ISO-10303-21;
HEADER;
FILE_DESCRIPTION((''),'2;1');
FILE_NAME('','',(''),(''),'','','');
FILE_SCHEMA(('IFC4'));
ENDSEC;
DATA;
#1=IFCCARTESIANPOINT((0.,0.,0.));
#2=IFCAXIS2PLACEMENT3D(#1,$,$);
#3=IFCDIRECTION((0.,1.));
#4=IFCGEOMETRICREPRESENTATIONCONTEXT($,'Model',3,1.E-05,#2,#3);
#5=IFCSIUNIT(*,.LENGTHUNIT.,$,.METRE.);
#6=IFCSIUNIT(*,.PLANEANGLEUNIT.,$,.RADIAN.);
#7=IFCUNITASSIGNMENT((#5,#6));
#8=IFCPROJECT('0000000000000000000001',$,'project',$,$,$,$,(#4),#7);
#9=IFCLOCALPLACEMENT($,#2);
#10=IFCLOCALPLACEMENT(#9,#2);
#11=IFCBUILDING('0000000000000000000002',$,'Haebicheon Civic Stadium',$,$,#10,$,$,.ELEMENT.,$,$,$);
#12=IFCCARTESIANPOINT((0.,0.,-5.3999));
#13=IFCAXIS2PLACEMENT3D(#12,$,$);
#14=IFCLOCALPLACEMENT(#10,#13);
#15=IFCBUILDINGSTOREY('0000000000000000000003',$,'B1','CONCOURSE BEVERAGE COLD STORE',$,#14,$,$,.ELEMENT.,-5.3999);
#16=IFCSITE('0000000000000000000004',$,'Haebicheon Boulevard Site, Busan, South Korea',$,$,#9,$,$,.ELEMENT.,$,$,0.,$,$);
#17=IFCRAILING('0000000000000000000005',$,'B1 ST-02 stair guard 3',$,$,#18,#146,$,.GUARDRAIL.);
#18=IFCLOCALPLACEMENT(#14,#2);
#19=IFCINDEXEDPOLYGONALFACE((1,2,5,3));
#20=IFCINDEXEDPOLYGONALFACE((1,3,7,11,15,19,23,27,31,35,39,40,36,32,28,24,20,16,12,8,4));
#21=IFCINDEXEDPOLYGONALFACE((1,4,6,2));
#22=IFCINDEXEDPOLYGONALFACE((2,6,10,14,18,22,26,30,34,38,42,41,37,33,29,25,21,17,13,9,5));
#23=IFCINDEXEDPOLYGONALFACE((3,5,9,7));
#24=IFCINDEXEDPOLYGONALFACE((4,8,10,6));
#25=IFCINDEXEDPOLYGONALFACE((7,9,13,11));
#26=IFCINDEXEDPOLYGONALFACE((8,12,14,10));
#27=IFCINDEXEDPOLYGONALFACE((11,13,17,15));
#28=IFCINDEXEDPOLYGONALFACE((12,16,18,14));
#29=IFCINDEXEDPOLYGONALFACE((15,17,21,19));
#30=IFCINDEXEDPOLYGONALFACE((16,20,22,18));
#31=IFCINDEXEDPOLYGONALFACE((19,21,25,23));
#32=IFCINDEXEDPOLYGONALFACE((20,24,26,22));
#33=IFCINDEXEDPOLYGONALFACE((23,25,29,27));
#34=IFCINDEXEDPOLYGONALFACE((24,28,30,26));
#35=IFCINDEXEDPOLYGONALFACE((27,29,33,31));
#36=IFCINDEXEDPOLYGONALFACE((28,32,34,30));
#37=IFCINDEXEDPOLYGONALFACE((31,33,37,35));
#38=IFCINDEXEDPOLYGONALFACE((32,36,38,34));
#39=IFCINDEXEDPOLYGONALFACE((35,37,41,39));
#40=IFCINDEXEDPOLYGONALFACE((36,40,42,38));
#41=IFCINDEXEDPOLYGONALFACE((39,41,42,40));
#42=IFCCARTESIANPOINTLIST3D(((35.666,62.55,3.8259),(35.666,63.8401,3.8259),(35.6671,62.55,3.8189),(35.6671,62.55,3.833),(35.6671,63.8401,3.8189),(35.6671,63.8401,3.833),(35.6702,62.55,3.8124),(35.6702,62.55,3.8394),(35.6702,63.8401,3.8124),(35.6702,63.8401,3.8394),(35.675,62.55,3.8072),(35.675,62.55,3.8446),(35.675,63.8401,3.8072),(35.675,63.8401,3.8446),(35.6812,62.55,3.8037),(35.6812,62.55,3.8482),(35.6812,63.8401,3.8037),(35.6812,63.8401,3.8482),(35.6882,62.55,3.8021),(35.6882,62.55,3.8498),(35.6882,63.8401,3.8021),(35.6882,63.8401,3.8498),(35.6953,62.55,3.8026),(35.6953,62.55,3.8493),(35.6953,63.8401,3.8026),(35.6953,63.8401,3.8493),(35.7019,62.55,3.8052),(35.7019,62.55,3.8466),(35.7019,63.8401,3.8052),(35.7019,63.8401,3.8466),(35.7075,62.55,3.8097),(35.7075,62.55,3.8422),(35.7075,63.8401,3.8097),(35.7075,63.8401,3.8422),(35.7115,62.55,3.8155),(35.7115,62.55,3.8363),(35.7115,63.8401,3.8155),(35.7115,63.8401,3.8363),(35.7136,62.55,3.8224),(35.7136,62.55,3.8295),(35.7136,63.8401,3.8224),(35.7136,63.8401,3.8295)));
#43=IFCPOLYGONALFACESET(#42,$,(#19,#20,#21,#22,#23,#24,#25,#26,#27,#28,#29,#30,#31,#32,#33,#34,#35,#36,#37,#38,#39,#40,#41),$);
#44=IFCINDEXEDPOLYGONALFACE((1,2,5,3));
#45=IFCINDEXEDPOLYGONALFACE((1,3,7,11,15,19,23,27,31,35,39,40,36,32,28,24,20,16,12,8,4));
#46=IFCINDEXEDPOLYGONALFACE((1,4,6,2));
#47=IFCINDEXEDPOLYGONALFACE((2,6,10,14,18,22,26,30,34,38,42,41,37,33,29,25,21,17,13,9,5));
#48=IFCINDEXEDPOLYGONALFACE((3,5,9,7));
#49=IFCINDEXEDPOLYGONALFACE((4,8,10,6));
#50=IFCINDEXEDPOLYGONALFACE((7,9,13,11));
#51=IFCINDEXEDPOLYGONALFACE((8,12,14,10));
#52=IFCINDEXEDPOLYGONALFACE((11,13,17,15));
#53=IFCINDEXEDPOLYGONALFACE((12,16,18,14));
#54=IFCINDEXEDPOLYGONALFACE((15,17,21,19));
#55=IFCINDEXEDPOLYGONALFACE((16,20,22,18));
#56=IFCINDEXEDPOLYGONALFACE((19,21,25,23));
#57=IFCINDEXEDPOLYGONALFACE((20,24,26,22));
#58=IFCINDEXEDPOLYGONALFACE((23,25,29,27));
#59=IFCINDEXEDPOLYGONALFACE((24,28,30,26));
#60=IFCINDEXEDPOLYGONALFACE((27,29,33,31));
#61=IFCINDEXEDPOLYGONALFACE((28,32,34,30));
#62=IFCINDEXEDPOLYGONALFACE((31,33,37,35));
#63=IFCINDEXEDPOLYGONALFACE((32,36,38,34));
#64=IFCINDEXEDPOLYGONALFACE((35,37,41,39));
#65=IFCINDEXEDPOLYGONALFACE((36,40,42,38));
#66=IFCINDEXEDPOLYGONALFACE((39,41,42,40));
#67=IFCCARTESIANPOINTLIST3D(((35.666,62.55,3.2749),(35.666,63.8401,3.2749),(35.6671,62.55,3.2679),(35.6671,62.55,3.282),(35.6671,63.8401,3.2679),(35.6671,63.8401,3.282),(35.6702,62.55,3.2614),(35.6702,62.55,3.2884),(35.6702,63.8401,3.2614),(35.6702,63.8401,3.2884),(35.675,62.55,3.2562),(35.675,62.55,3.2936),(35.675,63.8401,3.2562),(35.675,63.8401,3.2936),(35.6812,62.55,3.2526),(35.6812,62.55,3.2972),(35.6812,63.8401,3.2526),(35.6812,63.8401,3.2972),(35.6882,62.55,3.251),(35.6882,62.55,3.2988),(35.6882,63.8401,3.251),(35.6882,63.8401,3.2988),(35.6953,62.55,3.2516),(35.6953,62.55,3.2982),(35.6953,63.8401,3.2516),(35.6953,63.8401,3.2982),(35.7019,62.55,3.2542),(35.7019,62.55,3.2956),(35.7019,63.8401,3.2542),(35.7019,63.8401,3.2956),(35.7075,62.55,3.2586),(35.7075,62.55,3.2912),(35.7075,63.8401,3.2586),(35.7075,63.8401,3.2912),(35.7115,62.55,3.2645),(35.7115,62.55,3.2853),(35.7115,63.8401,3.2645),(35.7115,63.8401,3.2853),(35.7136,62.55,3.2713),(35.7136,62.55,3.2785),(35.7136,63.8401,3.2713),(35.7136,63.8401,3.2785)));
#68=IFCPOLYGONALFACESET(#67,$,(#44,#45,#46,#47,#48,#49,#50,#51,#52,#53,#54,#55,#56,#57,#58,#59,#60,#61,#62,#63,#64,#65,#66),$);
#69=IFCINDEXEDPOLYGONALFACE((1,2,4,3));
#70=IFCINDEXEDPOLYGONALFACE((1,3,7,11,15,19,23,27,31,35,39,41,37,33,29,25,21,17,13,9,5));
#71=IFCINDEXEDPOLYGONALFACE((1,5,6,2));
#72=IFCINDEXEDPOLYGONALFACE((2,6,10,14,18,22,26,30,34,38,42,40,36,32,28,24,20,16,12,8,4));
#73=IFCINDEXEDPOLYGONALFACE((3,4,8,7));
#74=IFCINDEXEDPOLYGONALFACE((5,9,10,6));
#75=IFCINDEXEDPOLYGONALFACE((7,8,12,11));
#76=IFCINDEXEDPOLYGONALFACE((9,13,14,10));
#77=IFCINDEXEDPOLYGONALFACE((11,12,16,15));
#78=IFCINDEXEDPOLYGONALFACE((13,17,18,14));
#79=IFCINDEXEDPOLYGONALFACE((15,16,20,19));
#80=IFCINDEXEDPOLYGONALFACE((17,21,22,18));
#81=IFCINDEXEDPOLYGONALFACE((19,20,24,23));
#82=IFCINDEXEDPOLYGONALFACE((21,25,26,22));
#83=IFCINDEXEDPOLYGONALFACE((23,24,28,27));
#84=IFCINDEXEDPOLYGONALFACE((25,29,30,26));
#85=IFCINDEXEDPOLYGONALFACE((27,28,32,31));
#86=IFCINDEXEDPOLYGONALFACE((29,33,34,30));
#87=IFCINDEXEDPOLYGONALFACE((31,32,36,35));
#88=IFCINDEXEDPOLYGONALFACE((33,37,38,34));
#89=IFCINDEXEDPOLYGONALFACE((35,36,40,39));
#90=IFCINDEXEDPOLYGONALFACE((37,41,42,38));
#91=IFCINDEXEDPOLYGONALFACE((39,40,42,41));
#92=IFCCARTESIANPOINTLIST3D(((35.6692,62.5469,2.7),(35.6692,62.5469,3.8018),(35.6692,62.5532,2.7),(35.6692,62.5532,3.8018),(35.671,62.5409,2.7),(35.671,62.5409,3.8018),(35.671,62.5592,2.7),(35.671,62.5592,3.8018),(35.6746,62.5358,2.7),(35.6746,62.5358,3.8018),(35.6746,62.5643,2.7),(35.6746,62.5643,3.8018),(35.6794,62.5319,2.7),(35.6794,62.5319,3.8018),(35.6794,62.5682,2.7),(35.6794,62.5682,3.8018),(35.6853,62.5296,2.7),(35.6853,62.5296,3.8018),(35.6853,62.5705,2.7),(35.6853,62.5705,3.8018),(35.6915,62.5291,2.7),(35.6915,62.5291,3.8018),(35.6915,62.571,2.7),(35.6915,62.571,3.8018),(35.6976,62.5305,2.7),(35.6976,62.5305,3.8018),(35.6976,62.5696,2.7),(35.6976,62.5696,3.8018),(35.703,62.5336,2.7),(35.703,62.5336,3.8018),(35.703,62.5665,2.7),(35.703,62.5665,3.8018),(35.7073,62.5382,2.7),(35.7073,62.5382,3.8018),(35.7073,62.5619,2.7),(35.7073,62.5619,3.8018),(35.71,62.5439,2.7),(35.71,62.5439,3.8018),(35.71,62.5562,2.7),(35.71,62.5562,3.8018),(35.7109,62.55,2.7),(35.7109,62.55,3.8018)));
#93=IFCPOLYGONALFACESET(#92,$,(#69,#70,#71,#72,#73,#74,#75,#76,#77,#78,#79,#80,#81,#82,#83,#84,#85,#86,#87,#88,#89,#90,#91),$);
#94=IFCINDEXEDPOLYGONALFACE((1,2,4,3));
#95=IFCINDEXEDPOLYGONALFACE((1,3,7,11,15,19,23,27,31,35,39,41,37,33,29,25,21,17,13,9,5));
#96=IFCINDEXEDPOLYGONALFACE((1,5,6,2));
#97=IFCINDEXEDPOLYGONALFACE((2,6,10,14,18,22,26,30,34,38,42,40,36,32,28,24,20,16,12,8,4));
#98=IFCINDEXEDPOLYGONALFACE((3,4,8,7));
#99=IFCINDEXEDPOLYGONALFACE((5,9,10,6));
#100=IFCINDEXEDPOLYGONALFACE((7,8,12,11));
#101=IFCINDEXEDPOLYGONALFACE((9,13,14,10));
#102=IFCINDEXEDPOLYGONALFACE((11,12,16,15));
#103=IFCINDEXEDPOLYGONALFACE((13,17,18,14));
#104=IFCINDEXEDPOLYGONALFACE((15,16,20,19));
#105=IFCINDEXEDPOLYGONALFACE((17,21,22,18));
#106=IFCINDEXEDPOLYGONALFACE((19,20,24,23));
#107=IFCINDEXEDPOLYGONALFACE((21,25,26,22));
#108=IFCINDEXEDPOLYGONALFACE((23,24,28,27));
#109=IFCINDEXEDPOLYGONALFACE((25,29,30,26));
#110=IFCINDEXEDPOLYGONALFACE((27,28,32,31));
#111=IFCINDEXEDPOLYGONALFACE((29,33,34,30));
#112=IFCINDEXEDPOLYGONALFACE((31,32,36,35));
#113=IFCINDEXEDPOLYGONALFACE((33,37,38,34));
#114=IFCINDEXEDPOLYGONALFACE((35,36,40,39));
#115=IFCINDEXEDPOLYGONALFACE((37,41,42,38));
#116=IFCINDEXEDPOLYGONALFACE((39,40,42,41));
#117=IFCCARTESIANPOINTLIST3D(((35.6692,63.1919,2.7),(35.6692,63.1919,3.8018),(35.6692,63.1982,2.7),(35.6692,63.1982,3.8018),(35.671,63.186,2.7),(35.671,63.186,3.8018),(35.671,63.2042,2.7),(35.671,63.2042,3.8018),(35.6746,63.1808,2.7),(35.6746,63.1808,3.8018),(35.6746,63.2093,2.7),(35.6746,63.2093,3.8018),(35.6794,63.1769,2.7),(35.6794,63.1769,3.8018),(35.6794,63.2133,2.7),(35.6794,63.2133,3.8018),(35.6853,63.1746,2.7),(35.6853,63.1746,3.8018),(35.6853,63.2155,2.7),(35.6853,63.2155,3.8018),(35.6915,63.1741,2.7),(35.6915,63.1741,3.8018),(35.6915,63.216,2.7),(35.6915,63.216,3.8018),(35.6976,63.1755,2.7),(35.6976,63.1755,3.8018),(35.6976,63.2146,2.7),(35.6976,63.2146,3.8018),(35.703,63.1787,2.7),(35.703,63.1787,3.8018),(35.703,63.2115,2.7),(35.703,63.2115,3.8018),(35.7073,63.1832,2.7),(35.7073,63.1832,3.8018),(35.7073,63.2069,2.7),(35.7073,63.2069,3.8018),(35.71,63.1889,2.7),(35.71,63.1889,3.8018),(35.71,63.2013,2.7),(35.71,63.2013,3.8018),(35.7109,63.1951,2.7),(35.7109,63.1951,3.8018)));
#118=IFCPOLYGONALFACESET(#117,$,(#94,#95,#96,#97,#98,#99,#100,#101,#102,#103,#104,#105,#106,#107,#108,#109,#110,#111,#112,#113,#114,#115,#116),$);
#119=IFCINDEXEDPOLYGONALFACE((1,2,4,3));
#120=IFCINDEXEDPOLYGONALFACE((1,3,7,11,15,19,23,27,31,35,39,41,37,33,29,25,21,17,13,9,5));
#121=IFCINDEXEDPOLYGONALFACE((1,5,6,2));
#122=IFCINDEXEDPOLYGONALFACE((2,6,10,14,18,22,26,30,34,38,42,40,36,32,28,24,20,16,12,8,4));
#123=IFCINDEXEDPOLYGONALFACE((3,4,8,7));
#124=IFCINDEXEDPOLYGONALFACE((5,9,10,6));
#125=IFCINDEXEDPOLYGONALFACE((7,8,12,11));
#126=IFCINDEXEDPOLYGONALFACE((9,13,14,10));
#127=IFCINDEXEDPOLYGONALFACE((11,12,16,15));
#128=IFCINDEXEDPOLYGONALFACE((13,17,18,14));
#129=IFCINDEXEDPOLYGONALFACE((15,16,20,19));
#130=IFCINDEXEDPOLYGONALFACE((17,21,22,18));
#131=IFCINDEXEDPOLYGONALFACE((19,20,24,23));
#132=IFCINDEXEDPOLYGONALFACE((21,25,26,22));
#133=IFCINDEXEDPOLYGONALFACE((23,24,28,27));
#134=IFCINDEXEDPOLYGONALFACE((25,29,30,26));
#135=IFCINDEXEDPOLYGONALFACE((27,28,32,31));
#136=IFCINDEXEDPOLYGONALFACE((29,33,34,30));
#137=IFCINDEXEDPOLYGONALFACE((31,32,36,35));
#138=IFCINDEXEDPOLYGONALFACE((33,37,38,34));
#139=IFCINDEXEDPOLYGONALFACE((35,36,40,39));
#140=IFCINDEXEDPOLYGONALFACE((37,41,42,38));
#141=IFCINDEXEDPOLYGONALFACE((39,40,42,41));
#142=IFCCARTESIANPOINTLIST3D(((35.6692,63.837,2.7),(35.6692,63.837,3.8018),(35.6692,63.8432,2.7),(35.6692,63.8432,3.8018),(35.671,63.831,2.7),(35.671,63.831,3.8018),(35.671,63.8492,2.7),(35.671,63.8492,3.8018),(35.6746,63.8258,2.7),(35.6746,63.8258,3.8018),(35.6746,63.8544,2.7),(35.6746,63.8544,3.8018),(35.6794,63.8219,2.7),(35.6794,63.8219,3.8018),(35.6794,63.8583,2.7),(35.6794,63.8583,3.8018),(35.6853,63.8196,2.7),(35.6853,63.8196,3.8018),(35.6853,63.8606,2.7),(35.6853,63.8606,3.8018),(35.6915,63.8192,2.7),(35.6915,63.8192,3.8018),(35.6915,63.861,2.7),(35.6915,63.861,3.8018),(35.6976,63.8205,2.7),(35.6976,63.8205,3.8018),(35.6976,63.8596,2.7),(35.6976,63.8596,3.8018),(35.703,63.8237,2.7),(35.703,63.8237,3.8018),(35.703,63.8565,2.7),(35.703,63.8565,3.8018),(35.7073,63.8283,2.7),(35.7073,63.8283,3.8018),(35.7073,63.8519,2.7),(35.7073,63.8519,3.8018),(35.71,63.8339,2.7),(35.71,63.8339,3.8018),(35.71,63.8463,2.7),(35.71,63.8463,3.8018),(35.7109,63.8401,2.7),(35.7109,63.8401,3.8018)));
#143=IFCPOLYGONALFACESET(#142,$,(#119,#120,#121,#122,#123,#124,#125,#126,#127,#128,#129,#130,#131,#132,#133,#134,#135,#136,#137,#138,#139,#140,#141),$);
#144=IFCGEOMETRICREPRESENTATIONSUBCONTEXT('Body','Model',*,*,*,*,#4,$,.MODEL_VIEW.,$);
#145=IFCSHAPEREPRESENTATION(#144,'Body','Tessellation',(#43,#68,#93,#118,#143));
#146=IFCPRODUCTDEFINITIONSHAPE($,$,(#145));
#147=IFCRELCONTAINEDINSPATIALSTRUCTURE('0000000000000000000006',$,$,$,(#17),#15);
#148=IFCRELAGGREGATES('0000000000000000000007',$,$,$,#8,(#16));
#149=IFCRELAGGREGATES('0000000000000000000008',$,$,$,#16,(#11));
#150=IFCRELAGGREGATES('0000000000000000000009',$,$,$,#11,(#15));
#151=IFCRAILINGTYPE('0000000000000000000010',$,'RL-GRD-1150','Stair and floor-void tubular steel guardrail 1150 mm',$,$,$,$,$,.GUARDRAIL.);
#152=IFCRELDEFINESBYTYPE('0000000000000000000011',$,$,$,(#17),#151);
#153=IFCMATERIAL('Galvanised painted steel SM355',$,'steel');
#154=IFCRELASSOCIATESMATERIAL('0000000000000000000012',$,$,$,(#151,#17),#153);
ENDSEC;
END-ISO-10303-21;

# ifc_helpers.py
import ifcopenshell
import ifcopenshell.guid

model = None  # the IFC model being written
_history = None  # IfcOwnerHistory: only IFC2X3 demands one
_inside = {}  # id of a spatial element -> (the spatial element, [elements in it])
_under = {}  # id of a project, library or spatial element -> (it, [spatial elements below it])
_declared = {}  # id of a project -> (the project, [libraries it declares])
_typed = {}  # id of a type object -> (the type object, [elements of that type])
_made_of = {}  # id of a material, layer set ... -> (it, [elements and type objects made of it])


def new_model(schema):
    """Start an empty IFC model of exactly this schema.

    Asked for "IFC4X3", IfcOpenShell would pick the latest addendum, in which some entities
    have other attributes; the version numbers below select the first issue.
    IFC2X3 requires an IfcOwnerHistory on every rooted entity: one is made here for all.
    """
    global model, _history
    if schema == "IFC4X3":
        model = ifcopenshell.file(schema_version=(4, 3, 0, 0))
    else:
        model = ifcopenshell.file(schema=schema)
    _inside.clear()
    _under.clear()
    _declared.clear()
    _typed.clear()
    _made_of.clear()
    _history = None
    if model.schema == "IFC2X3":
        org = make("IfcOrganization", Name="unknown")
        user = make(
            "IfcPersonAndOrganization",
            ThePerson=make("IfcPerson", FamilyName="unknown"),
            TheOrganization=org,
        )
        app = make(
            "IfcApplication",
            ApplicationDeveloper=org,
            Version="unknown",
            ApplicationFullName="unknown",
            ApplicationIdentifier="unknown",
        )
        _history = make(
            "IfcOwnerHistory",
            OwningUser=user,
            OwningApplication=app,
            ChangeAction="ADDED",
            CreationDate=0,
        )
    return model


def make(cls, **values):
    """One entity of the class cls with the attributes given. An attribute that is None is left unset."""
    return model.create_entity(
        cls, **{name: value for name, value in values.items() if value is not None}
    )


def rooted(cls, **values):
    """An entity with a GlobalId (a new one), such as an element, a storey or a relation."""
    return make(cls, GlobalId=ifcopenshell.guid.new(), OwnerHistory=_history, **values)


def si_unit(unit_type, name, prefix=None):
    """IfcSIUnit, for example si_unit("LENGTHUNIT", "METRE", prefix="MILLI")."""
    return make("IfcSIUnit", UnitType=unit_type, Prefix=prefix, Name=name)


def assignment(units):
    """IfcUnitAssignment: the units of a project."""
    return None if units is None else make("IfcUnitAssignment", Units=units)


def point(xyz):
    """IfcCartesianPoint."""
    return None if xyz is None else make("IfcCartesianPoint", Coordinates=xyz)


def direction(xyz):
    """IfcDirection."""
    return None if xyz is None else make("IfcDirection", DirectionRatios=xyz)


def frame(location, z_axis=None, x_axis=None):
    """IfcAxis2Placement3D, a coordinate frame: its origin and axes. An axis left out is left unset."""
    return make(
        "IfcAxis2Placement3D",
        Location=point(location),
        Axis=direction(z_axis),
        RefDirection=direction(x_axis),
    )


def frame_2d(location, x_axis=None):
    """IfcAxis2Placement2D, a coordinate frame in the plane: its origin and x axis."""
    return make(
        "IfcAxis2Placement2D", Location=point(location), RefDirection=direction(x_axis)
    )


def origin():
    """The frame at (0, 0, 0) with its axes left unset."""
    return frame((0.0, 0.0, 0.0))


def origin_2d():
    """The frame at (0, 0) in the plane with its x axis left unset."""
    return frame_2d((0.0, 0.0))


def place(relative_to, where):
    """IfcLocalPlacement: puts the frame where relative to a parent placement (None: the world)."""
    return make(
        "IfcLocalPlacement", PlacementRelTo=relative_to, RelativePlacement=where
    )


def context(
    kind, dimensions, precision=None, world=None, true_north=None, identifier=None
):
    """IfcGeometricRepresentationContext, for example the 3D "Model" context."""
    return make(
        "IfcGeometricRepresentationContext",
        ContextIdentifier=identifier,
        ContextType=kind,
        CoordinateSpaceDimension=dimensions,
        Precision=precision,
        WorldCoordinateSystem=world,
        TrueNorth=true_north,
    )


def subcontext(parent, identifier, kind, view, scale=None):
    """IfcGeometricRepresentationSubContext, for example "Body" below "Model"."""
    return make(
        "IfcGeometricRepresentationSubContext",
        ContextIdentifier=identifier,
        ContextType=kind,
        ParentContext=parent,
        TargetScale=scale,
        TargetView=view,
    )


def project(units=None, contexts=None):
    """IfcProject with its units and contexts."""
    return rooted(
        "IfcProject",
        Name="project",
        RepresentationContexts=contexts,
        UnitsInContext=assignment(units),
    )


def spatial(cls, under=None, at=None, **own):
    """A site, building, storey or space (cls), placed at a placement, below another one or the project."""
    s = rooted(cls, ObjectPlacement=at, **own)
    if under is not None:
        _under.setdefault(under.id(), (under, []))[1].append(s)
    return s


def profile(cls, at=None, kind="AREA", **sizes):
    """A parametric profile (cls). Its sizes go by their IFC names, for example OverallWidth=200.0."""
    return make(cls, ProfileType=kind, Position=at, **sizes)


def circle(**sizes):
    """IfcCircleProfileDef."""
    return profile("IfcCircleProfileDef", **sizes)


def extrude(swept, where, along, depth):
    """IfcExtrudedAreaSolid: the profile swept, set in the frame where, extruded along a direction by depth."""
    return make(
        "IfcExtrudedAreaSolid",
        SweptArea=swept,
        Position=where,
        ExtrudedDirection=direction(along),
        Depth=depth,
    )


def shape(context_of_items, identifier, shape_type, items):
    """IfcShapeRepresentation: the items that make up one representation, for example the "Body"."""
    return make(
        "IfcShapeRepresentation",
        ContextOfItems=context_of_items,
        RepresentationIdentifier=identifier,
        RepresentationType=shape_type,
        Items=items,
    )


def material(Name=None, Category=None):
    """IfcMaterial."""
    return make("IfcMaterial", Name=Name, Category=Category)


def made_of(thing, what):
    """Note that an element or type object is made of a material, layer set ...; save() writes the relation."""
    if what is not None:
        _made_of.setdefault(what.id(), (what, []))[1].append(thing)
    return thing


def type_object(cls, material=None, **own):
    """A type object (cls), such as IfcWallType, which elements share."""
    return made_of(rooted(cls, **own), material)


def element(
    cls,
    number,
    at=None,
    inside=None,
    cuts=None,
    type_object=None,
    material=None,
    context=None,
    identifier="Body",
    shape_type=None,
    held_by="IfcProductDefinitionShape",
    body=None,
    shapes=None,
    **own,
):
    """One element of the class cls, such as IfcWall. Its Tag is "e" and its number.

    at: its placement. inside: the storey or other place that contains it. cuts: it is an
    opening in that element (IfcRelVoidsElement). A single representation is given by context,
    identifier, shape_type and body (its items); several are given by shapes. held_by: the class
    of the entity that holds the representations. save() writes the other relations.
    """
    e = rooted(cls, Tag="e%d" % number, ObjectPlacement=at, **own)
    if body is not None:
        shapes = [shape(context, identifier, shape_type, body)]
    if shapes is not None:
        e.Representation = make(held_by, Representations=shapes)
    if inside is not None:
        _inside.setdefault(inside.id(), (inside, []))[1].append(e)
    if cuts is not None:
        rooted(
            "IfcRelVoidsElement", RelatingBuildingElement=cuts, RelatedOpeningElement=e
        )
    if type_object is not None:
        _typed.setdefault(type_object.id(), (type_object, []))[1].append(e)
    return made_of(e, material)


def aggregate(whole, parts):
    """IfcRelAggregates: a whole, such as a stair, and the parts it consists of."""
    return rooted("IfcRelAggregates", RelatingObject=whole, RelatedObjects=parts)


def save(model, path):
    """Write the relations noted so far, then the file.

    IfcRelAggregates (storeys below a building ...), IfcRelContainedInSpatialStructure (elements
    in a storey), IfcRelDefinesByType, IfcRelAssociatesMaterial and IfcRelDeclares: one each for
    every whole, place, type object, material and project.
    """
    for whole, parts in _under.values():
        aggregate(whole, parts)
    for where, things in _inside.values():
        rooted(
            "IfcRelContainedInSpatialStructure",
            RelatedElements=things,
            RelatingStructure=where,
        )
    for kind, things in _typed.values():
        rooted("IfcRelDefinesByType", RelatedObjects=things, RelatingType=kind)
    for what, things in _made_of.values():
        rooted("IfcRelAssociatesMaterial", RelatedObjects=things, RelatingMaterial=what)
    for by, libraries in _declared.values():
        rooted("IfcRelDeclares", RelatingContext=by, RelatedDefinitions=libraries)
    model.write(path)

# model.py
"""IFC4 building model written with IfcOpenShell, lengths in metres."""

from ifc_helpers import new_model, si_unit, direction, frame, origin, origin_2d, place, context, subcontext, project, spatial, circle, extrude, material, type_object, element, save


model = new_model("IFC4")

# Units and contexts
model_context = context("Model", 3, precision=1e-05, world=origin(), true_north=direction((0.0, 1.0)))
body_context = subcontext(model_context, "Body", "Model", "MODEL_VIEW")
ifc_project = project(units=[si_unit("LENGTHUNIT", "METRE"), si_unit("PLANEANGLEUNIT", "RADIAN")], contexts=[model_context])

# Site, building, storey
site_placement = place(None, origin())
site = spatial("IfcSite", under=ifc_project, at=site_placement, Name="Haebicheon Boulevard Site, Busan, South Korea", CompositionType="ELEMENT", RefElevation=0.0)
building_placement = place(site_placement, origin())
building = spatial("IfcBuilding", under=site, at=building_placement, Name="Haebicheon Civic Stadium", CompositionType="ELEMENT")
storey_placement = place(building_placement, frame((0.0, 0.0, -5.3999)))
storey = spatial("IfcBuildingStorey", under=building, at=storey_placement, Name="B1", Description="CONCOURSE BEVERAGE COLD STORE", CompositionType="ELEMENT", Elevation=-5.3999)

# Railing
ifc_material_1 = material(Name="Galvanised painted steel SM355", Category="steel")
railing_type_1 = type_object("IfcRailingType", Name="RL-GRD-1150", Description="Stair and floor-void tubular steel guardrail 1150 mm", PredefinedType="GUARDRAIL", material=ifc_material_1)
railing_1_placement = place(storey_placement, frame((35.6899, 62.55, 2.7)))
element("IfcRailing", 1, at=railing_1_placement, inside=storey, type_object=railing_type_1, material=ifc_material_1, Name="B1 ST-02 stair guard 3", PredefinedType="GUARDRAIL", context=body_context, shape_type="SweptSolid", body=[
    extrude(circle(Radius=0.0239, at=origin_2d()), frame((0.0, 0.0, 1.126), z_axis=(0.0, 1.0, 0.0), x_axis=(-1.0, 0.0, 0.0)), (0.0, 0.0, 1.0), 1.29),
    extrude(circle(Radius=0.0239, at=origin_2d()), frame((0.0, 0.0, 0.575), z_axis=(0.0, 1.0, 0.0), x_axis=(-1.0, 0.0, 0.0)), (0.0, 0.0, 1.0), 1.29),
    extrude(circle(Radius=0.021, at=origin_2d()), origin(), (0.0, 0.0, 1.0), 1.1018),
    extrude(circle(Radius=0.021, at=origin_2d()), frame((0.0, 0.645, 0.0)), (0.0, 0.0, 1.0), 1.1018),
    extrude(circle(Radius=0.021, at=origin_2d()), frame((0.0, 1.29, 0.0)), (0.0, 0.0, 1.0), 1.1018),
])

save(model, "model.ifc")
